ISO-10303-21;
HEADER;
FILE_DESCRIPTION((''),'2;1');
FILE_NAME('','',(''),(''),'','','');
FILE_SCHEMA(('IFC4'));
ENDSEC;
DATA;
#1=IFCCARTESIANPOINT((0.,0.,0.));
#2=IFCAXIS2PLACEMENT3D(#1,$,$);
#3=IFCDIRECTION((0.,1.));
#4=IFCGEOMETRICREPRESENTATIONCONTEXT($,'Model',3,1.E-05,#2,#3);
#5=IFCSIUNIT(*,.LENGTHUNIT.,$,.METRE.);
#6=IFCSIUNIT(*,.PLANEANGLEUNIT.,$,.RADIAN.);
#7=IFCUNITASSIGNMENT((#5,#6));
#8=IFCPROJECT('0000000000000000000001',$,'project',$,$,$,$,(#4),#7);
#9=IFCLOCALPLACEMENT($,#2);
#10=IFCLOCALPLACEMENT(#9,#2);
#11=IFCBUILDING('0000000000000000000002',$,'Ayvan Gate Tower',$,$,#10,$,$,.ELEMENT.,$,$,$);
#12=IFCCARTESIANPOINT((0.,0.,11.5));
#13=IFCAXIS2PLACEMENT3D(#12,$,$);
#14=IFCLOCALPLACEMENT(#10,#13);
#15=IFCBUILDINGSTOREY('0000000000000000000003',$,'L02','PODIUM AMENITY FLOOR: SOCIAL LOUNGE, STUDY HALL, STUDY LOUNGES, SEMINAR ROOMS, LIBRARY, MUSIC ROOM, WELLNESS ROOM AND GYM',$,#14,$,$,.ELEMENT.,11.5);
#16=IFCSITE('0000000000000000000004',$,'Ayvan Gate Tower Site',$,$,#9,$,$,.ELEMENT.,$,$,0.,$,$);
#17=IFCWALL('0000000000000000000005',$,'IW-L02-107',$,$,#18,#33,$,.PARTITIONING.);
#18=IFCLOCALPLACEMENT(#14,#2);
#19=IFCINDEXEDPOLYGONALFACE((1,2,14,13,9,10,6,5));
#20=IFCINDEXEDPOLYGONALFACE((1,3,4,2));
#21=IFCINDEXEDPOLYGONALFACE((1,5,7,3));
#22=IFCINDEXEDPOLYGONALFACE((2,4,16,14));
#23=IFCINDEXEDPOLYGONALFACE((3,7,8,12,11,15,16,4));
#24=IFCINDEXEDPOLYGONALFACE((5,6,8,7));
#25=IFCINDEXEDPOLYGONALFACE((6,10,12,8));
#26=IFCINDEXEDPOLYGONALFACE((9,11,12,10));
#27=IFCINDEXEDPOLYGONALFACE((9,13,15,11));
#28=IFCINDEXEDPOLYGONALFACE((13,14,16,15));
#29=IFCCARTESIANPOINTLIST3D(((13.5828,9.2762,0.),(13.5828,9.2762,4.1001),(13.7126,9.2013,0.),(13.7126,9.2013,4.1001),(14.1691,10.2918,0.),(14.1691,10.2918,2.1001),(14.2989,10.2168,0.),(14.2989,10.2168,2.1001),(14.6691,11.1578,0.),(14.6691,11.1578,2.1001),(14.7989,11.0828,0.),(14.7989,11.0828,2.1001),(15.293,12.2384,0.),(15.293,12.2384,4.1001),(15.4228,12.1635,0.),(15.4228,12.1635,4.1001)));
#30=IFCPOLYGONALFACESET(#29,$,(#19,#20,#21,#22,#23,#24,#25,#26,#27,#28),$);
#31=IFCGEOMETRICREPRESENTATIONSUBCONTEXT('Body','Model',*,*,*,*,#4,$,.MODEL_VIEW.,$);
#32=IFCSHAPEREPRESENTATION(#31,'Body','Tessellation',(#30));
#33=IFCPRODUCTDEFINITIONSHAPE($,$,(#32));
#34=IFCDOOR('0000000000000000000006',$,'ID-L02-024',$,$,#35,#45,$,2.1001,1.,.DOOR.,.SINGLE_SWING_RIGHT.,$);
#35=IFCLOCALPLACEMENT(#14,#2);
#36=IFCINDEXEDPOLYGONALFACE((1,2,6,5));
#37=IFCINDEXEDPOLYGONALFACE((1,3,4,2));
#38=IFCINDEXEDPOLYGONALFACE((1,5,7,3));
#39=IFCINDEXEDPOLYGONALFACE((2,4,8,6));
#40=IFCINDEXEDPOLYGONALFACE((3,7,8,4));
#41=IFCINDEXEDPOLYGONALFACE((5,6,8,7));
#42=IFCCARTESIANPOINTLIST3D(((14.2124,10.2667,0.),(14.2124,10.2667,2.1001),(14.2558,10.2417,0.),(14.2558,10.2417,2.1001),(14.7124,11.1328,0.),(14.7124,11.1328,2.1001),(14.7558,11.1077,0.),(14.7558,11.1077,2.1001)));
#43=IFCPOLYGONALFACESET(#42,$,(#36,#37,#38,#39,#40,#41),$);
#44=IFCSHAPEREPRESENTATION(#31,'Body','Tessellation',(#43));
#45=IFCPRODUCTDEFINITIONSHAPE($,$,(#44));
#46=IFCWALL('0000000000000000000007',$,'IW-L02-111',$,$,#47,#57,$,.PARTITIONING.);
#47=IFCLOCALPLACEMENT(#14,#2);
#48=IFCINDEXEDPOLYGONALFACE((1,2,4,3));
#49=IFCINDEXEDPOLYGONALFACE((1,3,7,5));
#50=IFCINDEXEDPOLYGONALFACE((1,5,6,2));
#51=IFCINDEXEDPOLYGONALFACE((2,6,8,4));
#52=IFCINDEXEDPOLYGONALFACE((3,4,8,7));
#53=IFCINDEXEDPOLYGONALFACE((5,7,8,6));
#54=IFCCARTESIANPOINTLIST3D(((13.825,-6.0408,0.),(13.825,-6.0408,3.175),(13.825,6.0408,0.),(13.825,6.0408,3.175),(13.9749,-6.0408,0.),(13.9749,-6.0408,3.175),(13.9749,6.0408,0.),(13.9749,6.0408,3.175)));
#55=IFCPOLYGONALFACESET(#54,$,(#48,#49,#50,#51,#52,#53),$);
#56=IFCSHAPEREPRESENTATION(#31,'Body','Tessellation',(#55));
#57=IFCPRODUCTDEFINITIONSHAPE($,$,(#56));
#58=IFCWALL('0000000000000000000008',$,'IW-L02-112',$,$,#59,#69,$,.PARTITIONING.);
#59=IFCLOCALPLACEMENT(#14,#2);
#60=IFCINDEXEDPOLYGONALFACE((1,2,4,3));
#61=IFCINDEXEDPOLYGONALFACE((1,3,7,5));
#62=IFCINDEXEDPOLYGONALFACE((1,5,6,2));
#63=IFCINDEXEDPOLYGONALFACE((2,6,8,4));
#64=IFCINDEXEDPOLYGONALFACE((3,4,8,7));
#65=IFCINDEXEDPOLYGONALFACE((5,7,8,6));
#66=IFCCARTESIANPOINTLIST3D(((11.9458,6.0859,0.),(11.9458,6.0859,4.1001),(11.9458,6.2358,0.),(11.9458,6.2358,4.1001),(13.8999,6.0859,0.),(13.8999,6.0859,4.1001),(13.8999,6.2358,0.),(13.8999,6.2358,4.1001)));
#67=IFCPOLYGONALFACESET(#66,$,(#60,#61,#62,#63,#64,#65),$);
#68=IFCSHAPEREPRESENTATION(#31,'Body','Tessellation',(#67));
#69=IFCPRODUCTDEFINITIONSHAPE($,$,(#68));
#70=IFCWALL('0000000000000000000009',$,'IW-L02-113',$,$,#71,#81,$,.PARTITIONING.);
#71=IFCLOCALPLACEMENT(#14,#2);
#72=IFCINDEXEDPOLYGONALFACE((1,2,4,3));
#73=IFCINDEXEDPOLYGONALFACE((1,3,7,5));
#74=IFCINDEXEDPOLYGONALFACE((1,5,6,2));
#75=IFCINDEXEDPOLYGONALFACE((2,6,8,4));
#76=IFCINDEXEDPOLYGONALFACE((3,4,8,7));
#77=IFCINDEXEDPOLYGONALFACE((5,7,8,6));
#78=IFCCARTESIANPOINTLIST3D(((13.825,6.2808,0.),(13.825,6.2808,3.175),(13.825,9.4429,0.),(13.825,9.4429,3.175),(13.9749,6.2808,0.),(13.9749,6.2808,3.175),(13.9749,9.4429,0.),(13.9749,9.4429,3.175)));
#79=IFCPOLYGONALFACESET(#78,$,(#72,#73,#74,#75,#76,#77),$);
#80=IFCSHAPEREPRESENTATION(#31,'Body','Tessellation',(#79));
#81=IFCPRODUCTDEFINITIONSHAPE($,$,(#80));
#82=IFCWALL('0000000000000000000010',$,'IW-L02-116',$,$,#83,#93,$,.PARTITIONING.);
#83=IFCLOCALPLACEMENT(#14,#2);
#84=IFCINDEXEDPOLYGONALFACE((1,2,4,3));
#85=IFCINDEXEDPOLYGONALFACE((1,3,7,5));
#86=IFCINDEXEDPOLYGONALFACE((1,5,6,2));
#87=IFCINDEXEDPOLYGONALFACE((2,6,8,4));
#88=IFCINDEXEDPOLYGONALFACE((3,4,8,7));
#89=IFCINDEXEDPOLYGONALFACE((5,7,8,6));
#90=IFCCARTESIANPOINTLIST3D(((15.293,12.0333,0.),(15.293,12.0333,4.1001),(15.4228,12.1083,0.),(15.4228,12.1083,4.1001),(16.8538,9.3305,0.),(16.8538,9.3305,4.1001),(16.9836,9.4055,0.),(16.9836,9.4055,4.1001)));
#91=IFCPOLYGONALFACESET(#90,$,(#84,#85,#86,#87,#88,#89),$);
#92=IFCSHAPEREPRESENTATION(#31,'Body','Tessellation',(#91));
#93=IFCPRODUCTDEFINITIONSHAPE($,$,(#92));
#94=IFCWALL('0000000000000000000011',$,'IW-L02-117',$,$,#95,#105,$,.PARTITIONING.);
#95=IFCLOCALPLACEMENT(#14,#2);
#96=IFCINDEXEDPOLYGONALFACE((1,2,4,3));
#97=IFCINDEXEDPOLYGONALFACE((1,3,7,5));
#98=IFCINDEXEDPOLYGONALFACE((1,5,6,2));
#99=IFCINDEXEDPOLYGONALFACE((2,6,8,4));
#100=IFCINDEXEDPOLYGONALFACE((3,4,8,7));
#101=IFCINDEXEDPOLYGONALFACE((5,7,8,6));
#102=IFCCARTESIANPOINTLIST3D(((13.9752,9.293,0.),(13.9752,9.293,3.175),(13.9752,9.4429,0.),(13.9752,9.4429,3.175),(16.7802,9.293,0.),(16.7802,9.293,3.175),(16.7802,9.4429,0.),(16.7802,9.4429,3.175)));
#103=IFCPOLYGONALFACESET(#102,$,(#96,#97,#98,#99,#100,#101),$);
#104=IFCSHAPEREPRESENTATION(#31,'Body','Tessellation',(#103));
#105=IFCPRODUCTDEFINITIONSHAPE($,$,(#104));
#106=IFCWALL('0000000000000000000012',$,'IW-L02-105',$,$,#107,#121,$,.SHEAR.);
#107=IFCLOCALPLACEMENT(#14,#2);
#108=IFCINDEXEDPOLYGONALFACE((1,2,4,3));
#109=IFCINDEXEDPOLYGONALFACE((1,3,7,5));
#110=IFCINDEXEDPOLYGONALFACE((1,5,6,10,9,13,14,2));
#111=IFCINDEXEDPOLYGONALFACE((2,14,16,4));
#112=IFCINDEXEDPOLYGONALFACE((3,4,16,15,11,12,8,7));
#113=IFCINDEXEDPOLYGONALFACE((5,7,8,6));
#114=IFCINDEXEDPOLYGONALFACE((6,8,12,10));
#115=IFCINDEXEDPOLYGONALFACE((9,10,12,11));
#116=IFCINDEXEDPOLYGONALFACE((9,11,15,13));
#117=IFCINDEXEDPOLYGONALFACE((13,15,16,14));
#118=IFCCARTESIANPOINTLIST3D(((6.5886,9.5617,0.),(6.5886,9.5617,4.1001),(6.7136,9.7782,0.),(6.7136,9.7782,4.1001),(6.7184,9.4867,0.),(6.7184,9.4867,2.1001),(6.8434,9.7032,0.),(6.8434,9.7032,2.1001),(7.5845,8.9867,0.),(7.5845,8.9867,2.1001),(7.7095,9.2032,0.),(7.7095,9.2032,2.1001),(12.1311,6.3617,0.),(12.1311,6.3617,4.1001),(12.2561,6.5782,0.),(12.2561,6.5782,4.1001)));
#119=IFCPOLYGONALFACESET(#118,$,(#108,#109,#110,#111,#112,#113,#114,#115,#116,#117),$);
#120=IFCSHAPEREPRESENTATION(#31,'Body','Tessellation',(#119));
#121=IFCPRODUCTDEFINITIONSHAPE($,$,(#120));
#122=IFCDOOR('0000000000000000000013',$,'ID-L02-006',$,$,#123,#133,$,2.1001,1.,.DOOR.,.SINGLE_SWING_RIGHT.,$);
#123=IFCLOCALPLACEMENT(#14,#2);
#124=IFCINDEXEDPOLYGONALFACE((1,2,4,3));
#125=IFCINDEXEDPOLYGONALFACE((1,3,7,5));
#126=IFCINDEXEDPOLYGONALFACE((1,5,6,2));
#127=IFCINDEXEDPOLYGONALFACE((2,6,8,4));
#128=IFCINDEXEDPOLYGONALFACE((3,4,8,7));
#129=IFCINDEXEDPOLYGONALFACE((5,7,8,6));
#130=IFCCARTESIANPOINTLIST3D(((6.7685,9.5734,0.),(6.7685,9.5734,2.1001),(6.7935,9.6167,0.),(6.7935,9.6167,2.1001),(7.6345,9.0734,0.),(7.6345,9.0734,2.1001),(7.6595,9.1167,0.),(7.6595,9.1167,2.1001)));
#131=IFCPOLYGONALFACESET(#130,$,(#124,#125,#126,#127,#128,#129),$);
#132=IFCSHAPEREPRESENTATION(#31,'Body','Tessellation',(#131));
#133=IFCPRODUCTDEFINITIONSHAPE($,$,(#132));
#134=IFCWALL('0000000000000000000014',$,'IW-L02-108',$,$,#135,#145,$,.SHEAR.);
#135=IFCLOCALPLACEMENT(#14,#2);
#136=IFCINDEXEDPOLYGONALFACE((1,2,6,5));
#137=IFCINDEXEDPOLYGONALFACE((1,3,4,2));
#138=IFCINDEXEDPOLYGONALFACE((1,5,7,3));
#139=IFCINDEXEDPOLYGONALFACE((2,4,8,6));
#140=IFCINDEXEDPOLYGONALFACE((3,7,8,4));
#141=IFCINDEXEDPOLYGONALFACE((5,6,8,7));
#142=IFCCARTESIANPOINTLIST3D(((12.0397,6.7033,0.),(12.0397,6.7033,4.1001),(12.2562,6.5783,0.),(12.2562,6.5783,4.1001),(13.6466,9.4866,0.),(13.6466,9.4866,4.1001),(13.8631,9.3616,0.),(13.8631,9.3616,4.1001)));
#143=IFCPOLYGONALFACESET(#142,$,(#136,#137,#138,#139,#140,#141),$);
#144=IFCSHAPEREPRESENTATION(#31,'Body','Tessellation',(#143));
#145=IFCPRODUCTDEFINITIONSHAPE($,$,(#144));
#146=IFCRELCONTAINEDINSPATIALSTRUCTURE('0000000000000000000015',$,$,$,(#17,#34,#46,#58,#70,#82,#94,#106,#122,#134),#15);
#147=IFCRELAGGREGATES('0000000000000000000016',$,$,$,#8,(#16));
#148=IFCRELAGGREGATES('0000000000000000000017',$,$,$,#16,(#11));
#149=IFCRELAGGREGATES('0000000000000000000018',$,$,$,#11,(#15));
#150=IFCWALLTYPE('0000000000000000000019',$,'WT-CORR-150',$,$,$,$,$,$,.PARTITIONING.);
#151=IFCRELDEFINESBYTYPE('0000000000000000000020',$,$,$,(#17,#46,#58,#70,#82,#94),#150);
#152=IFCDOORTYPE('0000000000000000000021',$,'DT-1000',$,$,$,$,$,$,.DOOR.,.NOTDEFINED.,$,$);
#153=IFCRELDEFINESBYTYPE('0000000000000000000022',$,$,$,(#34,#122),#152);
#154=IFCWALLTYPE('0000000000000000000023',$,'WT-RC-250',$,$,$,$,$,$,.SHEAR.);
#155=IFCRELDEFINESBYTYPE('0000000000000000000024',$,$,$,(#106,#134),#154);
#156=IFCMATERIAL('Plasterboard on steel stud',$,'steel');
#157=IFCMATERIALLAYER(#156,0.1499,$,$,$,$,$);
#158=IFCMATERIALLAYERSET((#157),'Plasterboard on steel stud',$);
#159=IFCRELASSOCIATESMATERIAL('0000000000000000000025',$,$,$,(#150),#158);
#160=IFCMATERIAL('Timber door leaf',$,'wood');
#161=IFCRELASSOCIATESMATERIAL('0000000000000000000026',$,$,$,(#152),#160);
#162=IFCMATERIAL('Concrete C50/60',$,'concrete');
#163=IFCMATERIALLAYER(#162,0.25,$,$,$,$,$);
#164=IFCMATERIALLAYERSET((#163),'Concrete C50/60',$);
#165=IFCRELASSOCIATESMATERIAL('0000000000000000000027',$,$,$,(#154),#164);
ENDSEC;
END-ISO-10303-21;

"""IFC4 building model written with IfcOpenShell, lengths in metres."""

from ifc_helpers import new_model, si_unit, direction, frame, frame_2d, origin, place, context, subcontext, project, spatial, rectangle, extrude, material, layer, layer_set, type_object, element, fill, save


model = new_model("IFC4")

# Units and contexts
model_context = context("Model", 3, precision=1e-05, world=origin(), true_north=direction((0.0, 1.0)))
body_context = subcontext(model_context, "Body", "Model", "MODEL_VIEW")
ifc_project = project(units=[si_unit("LENGTHUNIT", "METRE"), si_unit("PLANEANGLEUNIT", "RADIAN")], contexts=[model_context])

# Site, building, storey
site_placement = place(None, origin())
site = spatial("IfcSite", under=ifc_project, at=site_placement, Name="Ayvan Gate Tower Site", CompositionType="ELEMENT", RefElevation=0.0)
building_placement = place(site_placement, origin())
building = spatial("IfcBuilding", under=site, at=building_placement, Name="Ayvan Gate Tower", CompositionType="ELEMENT")
storey_placement = place(building_placement, frame((0.0, 0.0, 11.5)))
storey = spatial("IfcBuildingStorey", under=building, at=storey_placement, Name="L02", Description="PODIUM AMENITY FLOOR: SOCIAL LOUNGE, STUDY HALL, STUDY LOUNGES, SEMINAR ROOMS, LIBRARY, MUSIC ROOM, WELLNESS ROOM AND GYM", CompositionType="ELEMENT", Elevation=11.5)

# Shared definitions
ifc_material_1 = material(Name="Plasterboard on steel stud", Category="steel")
ifc_layer_1 = layer(ifc_material_1, 0.1499)
ifc_layer_set_1 = layer_set([ifc_layer_1], Name="Plasterboard on steel stud")
wall_type_1 = type_object("IfcWallType", Name="WT-CORR-150", PredefinedType="PARTITIONING", material=ifc_layer_set_1)
ifc_material_2 = material(Name="Timber door leaf", Category="wood")
door_type = type_object("IfcDoorType", Name="DT-1000", OperationType="NOTDEFINED", PredefinedType="DOOR", material=ifc_material_2)

# Wall, opening, door
wall_1_placement = place(storey_placement, frame((13.6477, 9.2388, 0.0), z_axis=(0.0, 0.0, 1.0), x_axis=(0.5, 0.866025, 0.0)))
wall_1 = element("IfcWall", 1, at=wall_1_placement, inside=storey, type_object=wall_type_1, Name="IW-L02-107", PredefinedType="PARTITIONING", context=body_context, shape_type="SweptSolid", body=[
    extrude(rectangle(XDim=3.4204, YDim=0.1499, at=frame_2d((1.7102, 0.0))), origin(), (0.0, 0.0, 1.0), 4.1001),
])
opening_1_placement = place(wall_1_placement, frame((1.1726, 0.0, 0.0)))
opening_1 = element("IfcOpeningElement", 2, at=opening_1_placement, cuts=wall_1, PredefinedType="OPENING", context=body_context, shape_type="SweptSolid", body=[
    extrude(rectangle(XDim=1.0, YDim=2.1001, at=frame_2d((0.5, 1.05))), frame((0.0, 0.085, 0.0), z_axis=(0.0, -1.0, 0.0), x_axis=(1.0, 0.0, 0.0)), (0.0, 0.0, 1.0), 0.1699),
])
door_1_placement = place(opening_1_placement, origin())
door_1 = element("IfcDoor", 3, at=door_1_placement, inside=storey, type_object=door_type, Name="ID-L02-024", OperationType="SINGLE_SWING_RIGHT", OverallHeight=2.1001, OverallWidth=1.0, PredefinedType="DOOR", context=body_context, shape_type="SweptSolid", body=[
    extrude(rectangle(XDim=1.0, YDim=2.1001, at=frame_2d((0.5, 1.05))), frame((0.0, 0.0249, 0.0), z_axis=(0.0, -1.0, 0.0), x_axis=(1.0, 0.0, 0.0)), (0.0, 0.0, 1.0), 0.05),
])
fill(opening_1, door_1)

# Walls
wall_2_placement = place(storey_placement, frame((13.8999, 6.0408, 0.0), z_axis=(0.0, 0.0, 1.0), x_axis=(0.0, -1.0, 0.0)))
element("IfcWall", 4, at=wall_2_placement, inside=storey, type_object=wall_type_1, Name="IW-L02-111", PredefinedType="PARTITIONING", context=body_context, shape_type="SweptSolid", body=[
    extrude(rectangle(XDim=12.0815, YDim=0.1499, at=frame_2d((6.0408, 0.0))), origin(), (0.0, 0.0, 1.0), 3.175),
])
wall_3_placement = place(storey_placement, frame((13.8999, 6.1609, 0.0), z_axis=(0.0, 0.0, 1.0), x_axis=(-1.0, 0.0, 0.0)))
element("IfcWall", 5, at=wall_3_placement, inside=storey, type_object=wall_type_1, Name="IW-L02-112", PredefinedType="PARTITIONING", context=body_context, shape_type="SweptSolid", body=[
    extrude(rectangle(XDim=1.9541, YDim=0.1499, at=frame_2d((0.9771, 0.0))), origin(), (0.0, 0.0, 1.0), 4.1001),
])
wall_4_placement = place(storey_placement, frame((13.8999, 9.4429, 0.0), z_axis=(0.0, 0.0, 1.0), x_axis=(0.0, -1.0, 0.0)))
element("IfcWall", 6, at=wall_4_placement, inside=storey, type_object=wall_type_1, Name="IW-L02-113", PredefinedType="PARTITIONING", context=body_context, shape_type="SweptSolid", body=[
    extrude(rectangle(XDim=3.1621, YDim=0.1499, at=frame_2d((1.5811, 0.0))), origin(), (0.0, 0.0, 1.0), 3.175),
])
wall_5_placement = place(storey_placement, frame((15.3579, 12.0708, 0.0), z_axis=(0.0, 0.0, 1.0), x_axis=(0.500068, -0.865986, 0.0)))
element("IfcWall", 7, at=wall_5_placement, inside=storey, type_object=wall_type_1, Name="IW-L02-116", PredefinedType="PARTITIONING", context=body_context, shape_type="SweptSolid", body=[
    extrude(rectangle(XDim=3.1211, YDim=0.1499, at=frame_2d((1.5605, 0.0))), origin(), (0.0, 0.0, 1.0), 4.1001),
])
wall_6_placement = place(storey_placement, frame((16.78, 9.3679, 0.0), z_axis=(0.0, 0.0, 1.0), x_axis=(-1.0, 0.0, 0.0)))
element("IfcWall", 8, at=wall_6_placement, inside=storey, type_object=wall_type_1, Name="IW-L02-117", PredefinedType="PARTITIONING", context=body_context, shape_type="SweptSolid", body=[
    extrude(rectangle(XDim=2.8049, YDim=0.1499, at=frame_2d((1.4023, 0.0))), origin(), (0.0, 0.0, 1.0), 3.175),
])

# Wall, opening, door
ifc_material_3 = material(Name="Concrete C50/60", Category="concrete")
ifc_layer_2 = layer(ifc_material_3, 0.25)
ifc_layer_set_2 = layer_set([ifc_layer_2], Name="Concrete C50/60")
wall_type_2 = type_object("IfcWallType", Name="WT-RC-250", PredefinedType="SHEAR", material=ifc_layer_set_2)
wall_7_placement = place(storey_placement, frame((12.1936, 6.47, 0.0), z_axis=(0.0, 0.0, 1.0), x_axis=(-0.866025, 0.5, 0.0)))
wall_7 = element("IfcWall", 9, at=wall_7_placement, inside=storey, type_object=wall_type_2, Name="IW-L02-105", PredefinedType="SHEAR", context=body_context, shape_type="SweptSolid", body=[
    extrude(rectangle(XDim=6.3999, YDim=0.25, at=frame_2d((3.2, 0.0))), origin(), (0.0, 0.0, 1.0), 4.1001),
])
opening_2_placement = place(wall_7_placement, frame((5.25, 0.0, 0.0)))
opening_2 = element("IfcOpeningElement", 10, at=opening_2_placement, cuts=wall_7, PredefinedType="OPENING", context=body_context, shape_type="SweptSolid", body=[
    extrude(rectangle(XDim=1.0, YDim=2.1001, at=frame_2d((0.5, 1.05))), frame((0.0, 0.135, 0.0), z_axis=(0.0, -1.0, 0.0), x_axis=(1.0, 0.0, 0.0)), (0.0, 0.0, 1.0), 0.27),
])
door_2_placement = place(opening_2_placement, origin())
door_2 = element("IfcDoor", 11, at=door_2_placement, inside=storey, type_object=door_type, Name="ID-L02-006", OperationType="SINGLE_SWING_RIGHT", OverallHeight=2.1001, OverallWidth=1.0, PredefinedType="DOOR", context=body_context, shape_type="SweptSolid", body=[
    extrude(rectangle(XDim=1.0, YDim=2.1001, at=frame_2d((0.5, 1.05))), frame((0.0, 0.0249, 0.0), z_axis=(0.0, -1.0, 0.0), x_axis=(1.0, 0.0, 0.0)), (0.0, 0.0, 1.0), 0.05),
])
fill(opening_2, door_2)

# Wall
wall_8_placement = place(storey_placement, frame((13.7549, 9.4241, 0.0), z_axis=(0.0, 0.0, 1.0), x_axis=(-0.500012, -0.866019, 0.0)))
element("IfcWall", 12, at=wall_8_placement, inside=storey, type_object=wall_type_2, Name="IW-L02-108", PredefinedType="SHEAR", context=body_context, shape_type="SweptSolid", body=[
    extrude(rectangle(XDim=3.2139, YDim=0.25, at=frame_2d((1.6069, 0.0))), origin(), (0.0, 0.0, 1.0), 4.1001),
])

save(model, "model.ifc")
